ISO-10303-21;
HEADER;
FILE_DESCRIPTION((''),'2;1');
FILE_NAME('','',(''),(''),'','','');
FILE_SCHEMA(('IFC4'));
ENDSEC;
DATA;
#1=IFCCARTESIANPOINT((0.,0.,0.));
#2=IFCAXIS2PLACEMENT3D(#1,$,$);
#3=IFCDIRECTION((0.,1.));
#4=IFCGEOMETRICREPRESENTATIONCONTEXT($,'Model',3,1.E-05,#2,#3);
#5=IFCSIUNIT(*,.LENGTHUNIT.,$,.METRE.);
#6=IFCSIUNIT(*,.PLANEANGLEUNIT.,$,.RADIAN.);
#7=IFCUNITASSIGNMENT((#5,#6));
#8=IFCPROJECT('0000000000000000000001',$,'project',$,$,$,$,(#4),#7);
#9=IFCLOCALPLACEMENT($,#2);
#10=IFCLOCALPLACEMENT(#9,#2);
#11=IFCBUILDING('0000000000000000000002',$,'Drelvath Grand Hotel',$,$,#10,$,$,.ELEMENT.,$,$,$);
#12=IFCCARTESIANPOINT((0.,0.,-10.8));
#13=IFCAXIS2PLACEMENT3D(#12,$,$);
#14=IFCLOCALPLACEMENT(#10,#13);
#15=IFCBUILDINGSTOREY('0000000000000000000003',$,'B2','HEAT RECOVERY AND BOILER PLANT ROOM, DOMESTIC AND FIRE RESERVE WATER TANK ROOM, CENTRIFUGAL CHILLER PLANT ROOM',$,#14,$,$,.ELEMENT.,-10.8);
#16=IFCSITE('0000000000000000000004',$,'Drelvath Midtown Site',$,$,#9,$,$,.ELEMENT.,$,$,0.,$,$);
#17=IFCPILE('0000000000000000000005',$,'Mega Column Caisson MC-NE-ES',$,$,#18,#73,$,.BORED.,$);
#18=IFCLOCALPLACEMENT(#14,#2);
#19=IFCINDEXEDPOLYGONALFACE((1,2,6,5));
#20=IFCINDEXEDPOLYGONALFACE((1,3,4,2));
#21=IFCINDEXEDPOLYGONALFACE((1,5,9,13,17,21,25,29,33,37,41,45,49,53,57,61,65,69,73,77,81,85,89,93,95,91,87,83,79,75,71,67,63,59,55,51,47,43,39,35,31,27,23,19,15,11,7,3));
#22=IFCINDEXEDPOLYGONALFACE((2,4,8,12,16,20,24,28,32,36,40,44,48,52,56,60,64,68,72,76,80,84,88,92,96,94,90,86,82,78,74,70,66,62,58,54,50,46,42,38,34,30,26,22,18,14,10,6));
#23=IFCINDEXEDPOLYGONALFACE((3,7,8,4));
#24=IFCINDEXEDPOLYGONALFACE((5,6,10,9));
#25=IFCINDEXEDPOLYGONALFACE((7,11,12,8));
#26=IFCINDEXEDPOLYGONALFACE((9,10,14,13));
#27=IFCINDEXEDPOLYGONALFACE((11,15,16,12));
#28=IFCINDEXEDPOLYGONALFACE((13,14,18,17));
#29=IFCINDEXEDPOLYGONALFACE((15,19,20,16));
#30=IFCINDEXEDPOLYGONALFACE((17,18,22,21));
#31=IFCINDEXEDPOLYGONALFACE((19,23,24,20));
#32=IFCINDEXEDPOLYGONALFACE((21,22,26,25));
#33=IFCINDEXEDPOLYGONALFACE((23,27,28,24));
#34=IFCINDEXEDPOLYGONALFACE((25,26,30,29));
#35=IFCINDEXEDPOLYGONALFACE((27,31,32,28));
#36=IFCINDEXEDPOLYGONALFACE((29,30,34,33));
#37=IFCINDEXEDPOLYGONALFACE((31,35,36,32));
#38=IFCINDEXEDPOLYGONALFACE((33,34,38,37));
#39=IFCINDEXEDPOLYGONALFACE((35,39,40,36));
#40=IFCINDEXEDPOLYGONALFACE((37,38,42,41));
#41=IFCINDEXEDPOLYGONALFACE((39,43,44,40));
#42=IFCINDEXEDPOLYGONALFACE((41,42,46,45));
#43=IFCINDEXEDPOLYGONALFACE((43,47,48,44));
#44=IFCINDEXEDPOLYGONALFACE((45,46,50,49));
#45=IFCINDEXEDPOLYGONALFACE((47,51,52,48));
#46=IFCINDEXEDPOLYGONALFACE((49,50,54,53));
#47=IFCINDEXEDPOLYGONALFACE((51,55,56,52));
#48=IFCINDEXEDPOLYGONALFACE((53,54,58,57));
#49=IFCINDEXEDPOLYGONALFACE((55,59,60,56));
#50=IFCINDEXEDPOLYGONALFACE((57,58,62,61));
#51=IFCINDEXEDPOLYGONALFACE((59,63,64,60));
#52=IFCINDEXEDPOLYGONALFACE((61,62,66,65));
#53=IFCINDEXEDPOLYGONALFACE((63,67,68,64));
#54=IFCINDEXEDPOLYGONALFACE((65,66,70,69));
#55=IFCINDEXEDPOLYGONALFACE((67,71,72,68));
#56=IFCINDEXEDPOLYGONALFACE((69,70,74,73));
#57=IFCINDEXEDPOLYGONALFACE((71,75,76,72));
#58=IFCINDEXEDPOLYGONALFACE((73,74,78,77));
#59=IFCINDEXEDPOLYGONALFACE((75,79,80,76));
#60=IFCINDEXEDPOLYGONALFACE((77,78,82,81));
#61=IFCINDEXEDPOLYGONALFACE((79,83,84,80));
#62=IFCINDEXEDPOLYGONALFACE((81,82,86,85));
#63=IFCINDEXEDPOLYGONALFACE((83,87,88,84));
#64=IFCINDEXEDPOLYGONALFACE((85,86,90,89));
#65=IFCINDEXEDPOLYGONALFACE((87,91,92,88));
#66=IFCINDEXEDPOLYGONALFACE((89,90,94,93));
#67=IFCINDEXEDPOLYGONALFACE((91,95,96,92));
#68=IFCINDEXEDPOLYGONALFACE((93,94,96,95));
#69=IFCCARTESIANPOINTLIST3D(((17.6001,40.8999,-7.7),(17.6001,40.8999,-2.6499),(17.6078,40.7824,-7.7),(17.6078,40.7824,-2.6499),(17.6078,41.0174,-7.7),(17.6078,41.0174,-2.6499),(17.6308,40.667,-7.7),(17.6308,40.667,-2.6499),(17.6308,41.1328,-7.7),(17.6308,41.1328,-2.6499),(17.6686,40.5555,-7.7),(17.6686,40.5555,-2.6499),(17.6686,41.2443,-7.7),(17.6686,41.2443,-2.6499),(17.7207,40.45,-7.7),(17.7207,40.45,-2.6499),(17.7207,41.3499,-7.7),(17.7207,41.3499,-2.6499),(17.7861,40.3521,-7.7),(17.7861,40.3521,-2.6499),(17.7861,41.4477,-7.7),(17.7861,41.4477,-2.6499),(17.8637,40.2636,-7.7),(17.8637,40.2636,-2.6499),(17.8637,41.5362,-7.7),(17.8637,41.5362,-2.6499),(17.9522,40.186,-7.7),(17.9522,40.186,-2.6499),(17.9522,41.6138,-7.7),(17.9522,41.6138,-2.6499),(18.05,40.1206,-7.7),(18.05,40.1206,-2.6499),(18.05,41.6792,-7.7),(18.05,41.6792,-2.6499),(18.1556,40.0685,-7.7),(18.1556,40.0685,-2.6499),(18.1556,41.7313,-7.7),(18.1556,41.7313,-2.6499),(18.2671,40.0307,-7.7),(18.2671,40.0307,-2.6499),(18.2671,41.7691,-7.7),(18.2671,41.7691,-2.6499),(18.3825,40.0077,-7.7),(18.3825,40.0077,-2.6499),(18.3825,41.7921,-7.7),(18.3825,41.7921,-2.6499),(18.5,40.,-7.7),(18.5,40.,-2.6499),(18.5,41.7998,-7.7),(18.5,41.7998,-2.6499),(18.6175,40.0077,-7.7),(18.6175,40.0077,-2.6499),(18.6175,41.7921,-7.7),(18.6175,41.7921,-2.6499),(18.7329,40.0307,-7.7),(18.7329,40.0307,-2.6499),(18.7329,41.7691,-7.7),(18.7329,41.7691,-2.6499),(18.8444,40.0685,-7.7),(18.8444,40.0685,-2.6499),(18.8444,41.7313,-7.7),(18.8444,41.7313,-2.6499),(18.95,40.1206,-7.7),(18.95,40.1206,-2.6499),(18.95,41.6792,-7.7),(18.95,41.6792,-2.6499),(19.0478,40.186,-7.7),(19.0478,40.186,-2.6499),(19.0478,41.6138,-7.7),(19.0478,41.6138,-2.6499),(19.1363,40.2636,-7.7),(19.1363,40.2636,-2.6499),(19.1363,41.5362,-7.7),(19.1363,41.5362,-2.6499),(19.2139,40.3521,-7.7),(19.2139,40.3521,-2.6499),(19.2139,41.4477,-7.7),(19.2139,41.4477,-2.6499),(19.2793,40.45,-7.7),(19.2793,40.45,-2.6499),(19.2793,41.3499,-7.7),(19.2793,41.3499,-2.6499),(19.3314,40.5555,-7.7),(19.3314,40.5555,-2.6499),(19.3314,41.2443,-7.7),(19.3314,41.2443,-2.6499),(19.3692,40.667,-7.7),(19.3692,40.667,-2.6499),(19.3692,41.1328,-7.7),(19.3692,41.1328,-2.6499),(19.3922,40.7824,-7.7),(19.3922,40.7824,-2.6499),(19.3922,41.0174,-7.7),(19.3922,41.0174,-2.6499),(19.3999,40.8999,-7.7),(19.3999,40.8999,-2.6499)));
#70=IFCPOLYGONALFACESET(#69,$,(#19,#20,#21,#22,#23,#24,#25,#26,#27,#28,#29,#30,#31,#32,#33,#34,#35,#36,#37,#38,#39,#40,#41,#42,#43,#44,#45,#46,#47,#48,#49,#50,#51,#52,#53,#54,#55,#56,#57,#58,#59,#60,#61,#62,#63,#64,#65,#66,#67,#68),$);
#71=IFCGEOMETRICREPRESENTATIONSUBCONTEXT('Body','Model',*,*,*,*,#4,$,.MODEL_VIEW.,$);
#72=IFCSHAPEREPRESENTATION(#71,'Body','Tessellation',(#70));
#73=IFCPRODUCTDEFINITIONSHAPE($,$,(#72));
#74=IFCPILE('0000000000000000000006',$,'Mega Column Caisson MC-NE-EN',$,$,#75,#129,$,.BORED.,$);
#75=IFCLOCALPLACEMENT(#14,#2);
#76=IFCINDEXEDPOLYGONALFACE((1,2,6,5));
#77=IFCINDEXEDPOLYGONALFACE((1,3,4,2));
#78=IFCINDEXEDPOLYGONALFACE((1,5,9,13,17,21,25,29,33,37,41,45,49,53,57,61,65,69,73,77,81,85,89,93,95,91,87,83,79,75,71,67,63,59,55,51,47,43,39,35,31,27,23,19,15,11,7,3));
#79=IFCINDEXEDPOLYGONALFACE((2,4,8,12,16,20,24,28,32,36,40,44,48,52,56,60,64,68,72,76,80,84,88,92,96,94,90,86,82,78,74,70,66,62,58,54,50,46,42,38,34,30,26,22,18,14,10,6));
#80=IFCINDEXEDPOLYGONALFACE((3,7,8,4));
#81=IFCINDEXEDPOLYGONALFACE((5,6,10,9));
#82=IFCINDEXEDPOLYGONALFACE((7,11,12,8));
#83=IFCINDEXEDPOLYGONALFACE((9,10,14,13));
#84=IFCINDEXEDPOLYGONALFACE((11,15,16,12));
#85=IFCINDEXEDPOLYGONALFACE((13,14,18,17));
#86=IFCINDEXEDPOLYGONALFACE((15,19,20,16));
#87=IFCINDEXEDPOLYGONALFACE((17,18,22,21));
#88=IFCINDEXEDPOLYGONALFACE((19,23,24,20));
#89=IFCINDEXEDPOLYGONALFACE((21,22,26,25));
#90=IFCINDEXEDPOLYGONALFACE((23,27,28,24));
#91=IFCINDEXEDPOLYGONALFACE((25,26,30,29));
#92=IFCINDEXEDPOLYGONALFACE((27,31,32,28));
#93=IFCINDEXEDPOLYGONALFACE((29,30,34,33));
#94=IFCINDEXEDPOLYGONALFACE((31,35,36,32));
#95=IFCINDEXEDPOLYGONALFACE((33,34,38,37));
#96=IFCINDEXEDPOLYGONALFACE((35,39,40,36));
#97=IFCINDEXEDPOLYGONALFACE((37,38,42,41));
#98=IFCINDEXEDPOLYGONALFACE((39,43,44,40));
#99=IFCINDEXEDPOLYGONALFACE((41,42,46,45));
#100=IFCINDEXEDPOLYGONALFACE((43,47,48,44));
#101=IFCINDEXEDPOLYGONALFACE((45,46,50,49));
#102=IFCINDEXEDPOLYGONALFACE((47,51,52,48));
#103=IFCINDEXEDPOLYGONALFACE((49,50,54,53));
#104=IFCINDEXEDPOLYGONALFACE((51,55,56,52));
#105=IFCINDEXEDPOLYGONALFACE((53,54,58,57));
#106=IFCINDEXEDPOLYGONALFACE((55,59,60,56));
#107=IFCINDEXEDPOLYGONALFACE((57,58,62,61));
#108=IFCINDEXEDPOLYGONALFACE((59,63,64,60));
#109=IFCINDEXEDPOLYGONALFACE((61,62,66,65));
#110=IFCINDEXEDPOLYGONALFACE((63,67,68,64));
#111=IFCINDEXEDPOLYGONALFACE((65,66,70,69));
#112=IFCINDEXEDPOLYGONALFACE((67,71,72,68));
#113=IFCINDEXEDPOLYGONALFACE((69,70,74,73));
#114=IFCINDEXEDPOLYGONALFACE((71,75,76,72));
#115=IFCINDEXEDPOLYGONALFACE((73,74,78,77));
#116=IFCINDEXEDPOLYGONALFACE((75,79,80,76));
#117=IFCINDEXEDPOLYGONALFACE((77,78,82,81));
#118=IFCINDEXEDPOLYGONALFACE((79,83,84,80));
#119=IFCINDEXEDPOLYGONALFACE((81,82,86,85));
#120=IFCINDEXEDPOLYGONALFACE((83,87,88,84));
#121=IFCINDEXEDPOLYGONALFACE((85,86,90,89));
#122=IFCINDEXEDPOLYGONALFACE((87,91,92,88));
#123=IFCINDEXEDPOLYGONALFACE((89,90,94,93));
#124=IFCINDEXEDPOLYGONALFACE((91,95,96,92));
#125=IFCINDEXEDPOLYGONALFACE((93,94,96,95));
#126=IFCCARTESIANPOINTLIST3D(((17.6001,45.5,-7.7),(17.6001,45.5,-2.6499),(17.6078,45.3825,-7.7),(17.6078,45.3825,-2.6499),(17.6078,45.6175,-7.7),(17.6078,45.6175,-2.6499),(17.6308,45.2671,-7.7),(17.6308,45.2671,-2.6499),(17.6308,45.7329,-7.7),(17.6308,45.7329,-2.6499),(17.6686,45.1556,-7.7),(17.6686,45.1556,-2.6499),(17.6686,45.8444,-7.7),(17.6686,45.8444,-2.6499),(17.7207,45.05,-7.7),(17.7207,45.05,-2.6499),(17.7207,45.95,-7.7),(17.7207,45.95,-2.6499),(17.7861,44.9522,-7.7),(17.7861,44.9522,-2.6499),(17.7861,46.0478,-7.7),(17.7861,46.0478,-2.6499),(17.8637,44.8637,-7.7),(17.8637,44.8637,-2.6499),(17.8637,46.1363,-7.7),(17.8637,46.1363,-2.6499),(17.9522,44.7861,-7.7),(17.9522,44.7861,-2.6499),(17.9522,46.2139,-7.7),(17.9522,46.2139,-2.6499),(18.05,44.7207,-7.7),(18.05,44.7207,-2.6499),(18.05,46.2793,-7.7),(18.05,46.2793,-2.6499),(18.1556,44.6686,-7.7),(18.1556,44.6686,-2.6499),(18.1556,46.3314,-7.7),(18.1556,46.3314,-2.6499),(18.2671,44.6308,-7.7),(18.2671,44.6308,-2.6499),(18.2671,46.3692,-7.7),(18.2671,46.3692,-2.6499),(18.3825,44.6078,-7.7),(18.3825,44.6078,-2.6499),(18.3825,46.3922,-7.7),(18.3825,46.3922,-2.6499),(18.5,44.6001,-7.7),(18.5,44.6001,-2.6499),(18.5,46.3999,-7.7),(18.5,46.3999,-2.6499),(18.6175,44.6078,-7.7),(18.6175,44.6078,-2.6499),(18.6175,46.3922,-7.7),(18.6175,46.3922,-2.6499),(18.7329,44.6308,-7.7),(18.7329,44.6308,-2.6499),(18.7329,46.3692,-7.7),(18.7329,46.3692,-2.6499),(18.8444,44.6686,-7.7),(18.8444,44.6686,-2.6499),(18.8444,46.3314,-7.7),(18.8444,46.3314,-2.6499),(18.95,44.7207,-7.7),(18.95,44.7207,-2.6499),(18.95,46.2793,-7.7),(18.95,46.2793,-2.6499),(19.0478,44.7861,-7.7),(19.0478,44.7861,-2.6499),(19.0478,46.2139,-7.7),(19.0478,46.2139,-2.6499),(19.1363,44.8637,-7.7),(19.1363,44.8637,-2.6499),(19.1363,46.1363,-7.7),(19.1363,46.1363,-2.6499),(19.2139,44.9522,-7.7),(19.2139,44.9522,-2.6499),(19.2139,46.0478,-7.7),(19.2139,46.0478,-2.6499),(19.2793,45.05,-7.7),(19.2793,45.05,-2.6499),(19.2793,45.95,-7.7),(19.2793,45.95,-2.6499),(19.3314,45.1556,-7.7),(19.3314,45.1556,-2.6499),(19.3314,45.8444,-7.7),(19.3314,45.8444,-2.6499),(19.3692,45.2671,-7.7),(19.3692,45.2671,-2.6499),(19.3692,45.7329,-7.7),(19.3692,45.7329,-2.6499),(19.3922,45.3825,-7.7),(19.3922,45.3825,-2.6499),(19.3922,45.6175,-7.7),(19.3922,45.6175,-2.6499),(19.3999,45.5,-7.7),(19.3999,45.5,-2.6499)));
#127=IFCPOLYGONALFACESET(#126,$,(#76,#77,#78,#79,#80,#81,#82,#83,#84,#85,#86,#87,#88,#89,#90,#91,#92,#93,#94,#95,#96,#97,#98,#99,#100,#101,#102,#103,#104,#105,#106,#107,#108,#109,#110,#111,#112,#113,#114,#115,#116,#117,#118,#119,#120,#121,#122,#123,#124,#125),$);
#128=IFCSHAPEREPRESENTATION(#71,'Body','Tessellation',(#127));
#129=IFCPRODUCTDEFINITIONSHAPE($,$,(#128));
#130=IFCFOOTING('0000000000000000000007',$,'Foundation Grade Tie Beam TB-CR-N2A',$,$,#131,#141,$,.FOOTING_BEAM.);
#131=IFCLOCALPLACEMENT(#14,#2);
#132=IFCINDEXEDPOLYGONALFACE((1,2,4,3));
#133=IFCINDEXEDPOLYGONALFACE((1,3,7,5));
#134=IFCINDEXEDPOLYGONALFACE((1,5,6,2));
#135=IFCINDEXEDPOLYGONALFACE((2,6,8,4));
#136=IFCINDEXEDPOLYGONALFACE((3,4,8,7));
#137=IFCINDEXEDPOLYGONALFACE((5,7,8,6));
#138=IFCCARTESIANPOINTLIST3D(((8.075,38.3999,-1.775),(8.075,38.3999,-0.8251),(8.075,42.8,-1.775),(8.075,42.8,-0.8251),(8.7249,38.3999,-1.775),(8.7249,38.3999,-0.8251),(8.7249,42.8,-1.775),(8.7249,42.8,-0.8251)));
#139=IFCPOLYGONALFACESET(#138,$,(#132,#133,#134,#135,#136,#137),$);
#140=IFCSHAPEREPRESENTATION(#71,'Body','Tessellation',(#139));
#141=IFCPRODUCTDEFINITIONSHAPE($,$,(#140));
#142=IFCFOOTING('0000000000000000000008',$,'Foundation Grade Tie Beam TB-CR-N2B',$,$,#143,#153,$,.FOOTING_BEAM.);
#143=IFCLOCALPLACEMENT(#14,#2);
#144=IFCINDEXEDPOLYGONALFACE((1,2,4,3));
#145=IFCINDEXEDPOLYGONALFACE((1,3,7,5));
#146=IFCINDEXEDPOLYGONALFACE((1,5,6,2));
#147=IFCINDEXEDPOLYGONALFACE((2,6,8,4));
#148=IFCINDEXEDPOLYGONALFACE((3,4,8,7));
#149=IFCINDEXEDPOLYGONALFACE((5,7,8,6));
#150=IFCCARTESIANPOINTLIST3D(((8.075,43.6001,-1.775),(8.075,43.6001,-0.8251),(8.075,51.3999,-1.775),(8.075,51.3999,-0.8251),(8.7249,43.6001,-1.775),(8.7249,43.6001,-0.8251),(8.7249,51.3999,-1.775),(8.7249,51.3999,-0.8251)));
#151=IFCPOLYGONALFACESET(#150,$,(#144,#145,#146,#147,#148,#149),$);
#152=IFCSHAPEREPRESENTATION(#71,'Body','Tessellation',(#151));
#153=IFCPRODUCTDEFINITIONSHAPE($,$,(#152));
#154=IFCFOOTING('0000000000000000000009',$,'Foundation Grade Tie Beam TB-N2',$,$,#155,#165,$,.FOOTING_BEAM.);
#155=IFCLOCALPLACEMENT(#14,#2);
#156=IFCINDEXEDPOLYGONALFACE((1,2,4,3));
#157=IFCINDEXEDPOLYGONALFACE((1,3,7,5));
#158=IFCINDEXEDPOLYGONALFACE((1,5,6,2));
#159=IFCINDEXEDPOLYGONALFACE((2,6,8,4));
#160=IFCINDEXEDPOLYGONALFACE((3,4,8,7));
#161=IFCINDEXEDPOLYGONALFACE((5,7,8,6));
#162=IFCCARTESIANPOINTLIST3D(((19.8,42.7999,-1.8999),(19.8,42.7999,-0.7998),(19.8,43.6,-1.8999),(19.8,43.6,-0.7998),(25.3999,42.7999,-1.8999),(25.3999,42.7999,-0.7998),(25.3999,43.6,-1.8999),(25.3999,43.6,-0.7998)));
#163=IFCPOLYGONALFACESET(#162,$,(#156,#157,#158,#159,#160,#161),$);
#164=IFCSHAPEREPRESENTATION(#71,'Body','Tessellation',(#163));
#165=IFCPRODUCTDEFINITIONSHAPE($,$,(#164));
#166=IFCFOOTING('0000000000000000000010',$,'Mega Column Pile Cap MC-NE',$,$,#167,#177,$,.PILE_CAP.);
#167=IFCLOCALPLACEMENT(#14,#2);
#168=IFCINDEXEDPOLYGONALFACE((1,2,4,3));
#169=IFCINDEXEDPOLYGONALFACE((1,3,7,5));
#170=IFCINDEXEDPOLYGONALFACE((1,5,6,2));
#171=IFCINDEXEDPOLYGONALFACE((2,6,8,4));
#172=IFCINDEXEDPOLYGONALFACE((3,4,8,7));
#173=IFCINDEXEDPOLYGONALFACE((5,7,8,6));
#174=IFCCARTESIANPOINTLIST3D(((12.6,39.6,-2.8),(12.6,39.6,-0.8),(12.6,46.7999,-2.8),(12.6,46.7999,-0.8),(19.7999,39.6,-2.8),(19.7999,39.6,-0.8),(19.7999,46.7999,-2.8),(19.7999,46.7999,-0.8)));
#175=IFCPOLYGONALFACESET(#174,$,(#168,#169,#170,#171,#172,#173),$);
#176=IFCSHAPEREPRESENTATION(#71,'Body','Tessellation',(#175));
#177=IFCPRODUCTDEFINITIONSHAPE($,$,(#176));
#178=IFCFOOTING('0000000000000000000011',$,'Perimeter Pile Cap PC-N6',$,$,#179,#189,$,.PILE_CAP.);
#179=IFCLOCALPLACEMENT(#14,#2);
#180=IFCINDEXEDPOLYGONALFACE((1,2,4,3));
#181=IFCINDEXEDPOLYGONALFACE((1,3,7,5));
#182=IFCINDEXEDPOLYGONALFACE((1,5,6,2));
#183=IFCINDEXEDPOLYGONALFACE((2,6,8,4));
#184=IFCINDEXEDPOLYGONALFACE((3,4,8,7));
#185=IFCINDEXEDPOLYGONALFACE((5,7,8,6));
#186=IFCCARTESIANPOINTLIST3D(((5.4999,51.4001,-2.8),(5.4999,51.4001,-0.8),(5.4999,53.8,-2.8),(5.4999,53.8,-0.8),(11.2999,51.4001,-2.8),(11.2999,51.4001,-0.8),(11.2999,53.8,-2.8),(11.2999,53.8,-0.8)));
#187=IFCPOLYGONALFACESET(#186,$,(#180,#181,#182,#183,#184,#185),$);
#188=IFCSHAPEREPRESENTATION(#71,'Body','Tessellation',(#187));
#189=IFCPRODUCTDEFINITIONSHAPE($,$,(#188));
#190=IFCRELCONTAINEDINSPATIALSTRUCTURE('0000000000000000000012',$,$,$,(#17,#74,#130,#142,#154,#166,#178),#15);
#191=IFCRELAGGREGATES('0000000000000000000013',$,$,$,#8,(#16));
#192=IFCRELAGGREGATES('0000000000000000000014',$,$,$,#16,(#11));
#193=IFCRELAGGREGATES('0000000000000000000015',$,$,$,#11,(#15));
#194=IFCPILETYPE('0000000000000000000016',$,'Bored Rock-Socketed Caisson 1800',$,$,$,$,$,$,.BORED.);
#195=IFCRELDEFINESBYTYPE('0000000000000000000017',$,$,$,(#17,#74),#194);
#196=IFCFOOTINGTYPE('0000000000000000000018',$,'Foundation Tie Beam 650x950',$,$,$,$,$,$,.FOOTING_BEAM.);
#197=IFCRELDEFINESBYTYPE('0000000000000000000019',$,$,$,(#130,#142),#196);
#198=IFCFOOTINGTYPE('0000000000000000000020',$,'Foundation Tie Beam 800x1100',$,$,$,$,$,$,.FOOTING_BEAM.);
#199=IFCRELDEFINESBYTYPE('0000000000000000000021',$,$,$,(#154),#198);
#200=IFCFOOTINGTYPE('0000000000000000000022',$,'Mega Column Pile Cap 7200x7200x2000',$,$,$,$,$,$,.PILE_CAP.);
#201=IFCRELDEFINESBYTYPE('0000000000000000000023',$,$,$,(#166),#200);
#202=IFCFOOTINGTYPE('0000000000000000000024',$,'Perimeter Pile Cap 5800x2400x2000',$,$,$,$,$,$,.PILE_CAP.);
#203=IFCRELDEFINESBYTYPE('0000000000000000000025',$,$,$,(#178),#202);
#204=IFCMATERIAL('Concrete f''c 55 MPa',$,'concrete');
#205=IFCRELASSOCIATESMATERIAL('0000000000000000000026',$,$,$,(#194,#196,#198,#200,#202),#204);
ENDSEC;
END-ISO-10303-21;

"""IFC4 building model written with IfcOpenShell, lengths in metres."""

from ifc_helpers import new_model, si_unit, direction, frame, origin, origin_2d, place, context, subcontext, project, spatial, rectangle, circle, extrude, material, material_profile, profile_set, type_object, element, save


model = new_model("IFC4")

# Units and contexts
model_context = context("Model", 3, precision=1e-05, world=origin(), true_north=direction((0.0, 1.0)))
body_context = subcontext(model_context, "Body", "Model", "MODEL_VIEW")
ifc_project = project(units=[si_unit("LENGTHUNIT", "METRE"), si_unit("PLANEANGLEUNIT", "RADIAN")], contexts=[model_context])

# Site, building, storey
site_placement = place(None, origin())
site = spatial("IfcSite", under=ifc_project, at=site_placement, Name="Drelvath Midtown Site", CompositionType="ELEMENT", RefElevation=0.0)
building_placement = place(site_placement, origin())
building = spatial("IfcBuilding", under=site, at=building_placement, Name="Drelvath Grand Hotel", CompositionType="ELEMENT")
storey_placement = place(building_placement, frame((0.0, 0.0, -10.8)))
storey = spatial("IfcBuildingStorey", under=building, at=storey_placement, Name="B2", Description="HEAT RECOVERY AND BOILER PLANT ROOM, DOMESTIC AND FIRE RESERVE WATER TANK ROOM, CENTRIFUGAL CHILLER PLANT ROOM", CompositionType="ELEMENT", Elevation=-10.8)

# Piles
ifc_material_1 = material(Name="Concrete f'c 55 MPa", Category="concrete")
ifc_material_profile_1 = material_profile(ifc_material_1, circle(Radius=0.8999, at=origin_2d()), Name="CAISSON1800")
ifc_profile_set_1 = profile_set([ifc_material_profile_1], Name="Concrete f'c 55 MPa")
pile_type_1 = type_object("IfcPileType", Name="Bored Rock-Socketed Caisson 1800", PredefinedType="BORED", material=ifc_profile_set_1)
for number, where, z_axis, x_axis, name in (
    (1, (18.5, 40.8999, -2.6499), (0.0, 0.0, -1.0), (1.0, 0.0, 0.0), "Mega Column Caisson MC-NE-ES"),
    (2, (18.5, 45.5, -2.6499), (0.0, 0.0, -1.0), (1.0, 0.0, 0.0), "Mega Column Caisson MC-NE-EN"),
):
    element("IfcPile", number, at=place(storey_placement, frame(where, z_axis=z_axis, x_axis=x_axis)), inside=storey, type_object=pile_type_1, Name=name, PredefinedType="BORED", context=body_context, shape_type="SweptSolid", body=[
        extrude(circle(Radius=0.8999, at=origin_2d()), origin(), (0.0, 0.0, 1.0), 5.05),
    ])

# Footings
ifc_material_profile_2 = material_profile(ifc_material_1, rectangle(XDim=0.6499, YDim=0.95, at=origin_2d()), Name="CB650X950")
ifc_profile_set_2 = profile_set([ifc_material_profile_2], Name="Concrete f'c 55 MPa")
footing_type_1 = type_object("IfcFootingType", Name="Foundation Tie Beam 650x950", PredefinedType="FOOTING_BEAM", material=ifc_profile_set_2)
footing_1_placement = place(storey_placement, frame((8.3999, 38.3999, -1.3), z_axis=(0.0, 1.0, 0.0), x_axis=(-1.0, 0.0, 0.0)))
element("IfcFooting", 3, at=footing_1_placement, inside=storey, type_object=footing_type_1, Name="Foundation Grade Tie Beam TB-CR-N2A", PredefinedType="FOOTING_BEAM", context=body_context, shape_type="SweptSolid", body=[
    extrude(rectangle(XDim=0.6499, YDim=0.95, at=origin_2d()), origin(), (0.0, 0.0, 1.0), 4.4001),
])
footing_2_placement = place(storey_placement, frame((8.3999, 43.6001, -1.3), z_axis=(0.0, 1.0, 0.0), x_axis=(-1.0, 0.0, 0.0)))
element("IfcFooting", 4, at=footing_2_placement, inside=storey, type_object=footing_type_1, Name="Foundation Grade Tie Beam TB-CR-N2B", PredefinedType="FOOTING_BEAM", context=body_context, shape_type="SweptSolid", body=[
    extrude(rectangle(XDim=0.6499, YDim=0.95, at=origin_2d()), origin(), (0.0, 0.0, 1.0), 7.7998),
])
ifc_material_profile_3 = material_profile(ifc_material_1, rectangle(XDim=0.8, YDim=1.1001, at=origin_2d()), Name="CB800X1100")
ifc_profile_set_3 = profile_set([ifc_material_profile_3], Name="Concrete f'c 55 MPa")
footing_type_2 = type_object("IfcFootingType", Name="Foundation Tie Beam 800x1100", PredefinedType="FOOTING_BEAM", material=ifc_profile_set_3)
footing_3_placement = place(storey_placement, frame((19.8, 43.2, -1.3499), z_axis=(1.0, 0.0, 0.0), x_axis=(0.0, 1.0, 0.0)))
element("IfcFooting", 5, at=footing_3_placement, inside=storey, type_object=footing_type_2, Name="Foundation Grade Tie Beam TB-N2", PredefinedType="FOOTING_BEAM", context=body_context, shape_type="SweptSolid", body=[
    extrude(rectangle(XDim=0.8, YDim=1.1001, at=origin_2d()), origin(), (0.0, 0.0, 1.0), 5.5999),
])
footing_type_3 = type_object("IfcFootingType", Name="Mega Column Pile Cap 7200x7200x2000", PredefinedType="PILE_CAP", material=ifc_material_1)
footing_4_placement = place(storey_placement, frame((16.2, 43.2, -2.8), z_axis=(0.0, 0.0, 1.0), x_axis=(1.0, 0.0, 0.0)))
element("IfcFooting", 6, at=footing_4_placement, inside=storey, type_object=footing_type_3, Name="Mega Column Pile Cap MC-NE", PredefinedType="PILE_CAP", context=body_context, shape_type="SweptSolid", body=[
    extrude(rectangle(XDim=7.2, YDim=7.2, at=origin_2d()), origin(), (0.0, 0.0, 1.0), 2.0),
])
footing_type_4 = type_object("IfcFootingType", Name="Perimeter Pile Cap 5800x2400x2000", PredefinedType="PILE_CAP", material=ifc_material_1)
footing_5_placement = place(storey_placement, frame((8.3999, 52.6001, -2.8), z_axis=(0.0, 0.0, 1.0), x_axis=(1.0, 0.0, 0.0)))
element("IfcFooting", 7, at=footing_5_placement, inside=storey, type_object=footing_type_4, Name="Perimeter Pile Cap PC-N6", PredefinedType="PILE_CAP", context=body_context, shape_type="SweptSolid", body=[
    extrude(rectangle(XDim=5.8, YDim=2.3999, at=origin_2d()), origin(), (0.0, 0.0, 1.0), 2.0),
])

save(model, "model.ifc")
